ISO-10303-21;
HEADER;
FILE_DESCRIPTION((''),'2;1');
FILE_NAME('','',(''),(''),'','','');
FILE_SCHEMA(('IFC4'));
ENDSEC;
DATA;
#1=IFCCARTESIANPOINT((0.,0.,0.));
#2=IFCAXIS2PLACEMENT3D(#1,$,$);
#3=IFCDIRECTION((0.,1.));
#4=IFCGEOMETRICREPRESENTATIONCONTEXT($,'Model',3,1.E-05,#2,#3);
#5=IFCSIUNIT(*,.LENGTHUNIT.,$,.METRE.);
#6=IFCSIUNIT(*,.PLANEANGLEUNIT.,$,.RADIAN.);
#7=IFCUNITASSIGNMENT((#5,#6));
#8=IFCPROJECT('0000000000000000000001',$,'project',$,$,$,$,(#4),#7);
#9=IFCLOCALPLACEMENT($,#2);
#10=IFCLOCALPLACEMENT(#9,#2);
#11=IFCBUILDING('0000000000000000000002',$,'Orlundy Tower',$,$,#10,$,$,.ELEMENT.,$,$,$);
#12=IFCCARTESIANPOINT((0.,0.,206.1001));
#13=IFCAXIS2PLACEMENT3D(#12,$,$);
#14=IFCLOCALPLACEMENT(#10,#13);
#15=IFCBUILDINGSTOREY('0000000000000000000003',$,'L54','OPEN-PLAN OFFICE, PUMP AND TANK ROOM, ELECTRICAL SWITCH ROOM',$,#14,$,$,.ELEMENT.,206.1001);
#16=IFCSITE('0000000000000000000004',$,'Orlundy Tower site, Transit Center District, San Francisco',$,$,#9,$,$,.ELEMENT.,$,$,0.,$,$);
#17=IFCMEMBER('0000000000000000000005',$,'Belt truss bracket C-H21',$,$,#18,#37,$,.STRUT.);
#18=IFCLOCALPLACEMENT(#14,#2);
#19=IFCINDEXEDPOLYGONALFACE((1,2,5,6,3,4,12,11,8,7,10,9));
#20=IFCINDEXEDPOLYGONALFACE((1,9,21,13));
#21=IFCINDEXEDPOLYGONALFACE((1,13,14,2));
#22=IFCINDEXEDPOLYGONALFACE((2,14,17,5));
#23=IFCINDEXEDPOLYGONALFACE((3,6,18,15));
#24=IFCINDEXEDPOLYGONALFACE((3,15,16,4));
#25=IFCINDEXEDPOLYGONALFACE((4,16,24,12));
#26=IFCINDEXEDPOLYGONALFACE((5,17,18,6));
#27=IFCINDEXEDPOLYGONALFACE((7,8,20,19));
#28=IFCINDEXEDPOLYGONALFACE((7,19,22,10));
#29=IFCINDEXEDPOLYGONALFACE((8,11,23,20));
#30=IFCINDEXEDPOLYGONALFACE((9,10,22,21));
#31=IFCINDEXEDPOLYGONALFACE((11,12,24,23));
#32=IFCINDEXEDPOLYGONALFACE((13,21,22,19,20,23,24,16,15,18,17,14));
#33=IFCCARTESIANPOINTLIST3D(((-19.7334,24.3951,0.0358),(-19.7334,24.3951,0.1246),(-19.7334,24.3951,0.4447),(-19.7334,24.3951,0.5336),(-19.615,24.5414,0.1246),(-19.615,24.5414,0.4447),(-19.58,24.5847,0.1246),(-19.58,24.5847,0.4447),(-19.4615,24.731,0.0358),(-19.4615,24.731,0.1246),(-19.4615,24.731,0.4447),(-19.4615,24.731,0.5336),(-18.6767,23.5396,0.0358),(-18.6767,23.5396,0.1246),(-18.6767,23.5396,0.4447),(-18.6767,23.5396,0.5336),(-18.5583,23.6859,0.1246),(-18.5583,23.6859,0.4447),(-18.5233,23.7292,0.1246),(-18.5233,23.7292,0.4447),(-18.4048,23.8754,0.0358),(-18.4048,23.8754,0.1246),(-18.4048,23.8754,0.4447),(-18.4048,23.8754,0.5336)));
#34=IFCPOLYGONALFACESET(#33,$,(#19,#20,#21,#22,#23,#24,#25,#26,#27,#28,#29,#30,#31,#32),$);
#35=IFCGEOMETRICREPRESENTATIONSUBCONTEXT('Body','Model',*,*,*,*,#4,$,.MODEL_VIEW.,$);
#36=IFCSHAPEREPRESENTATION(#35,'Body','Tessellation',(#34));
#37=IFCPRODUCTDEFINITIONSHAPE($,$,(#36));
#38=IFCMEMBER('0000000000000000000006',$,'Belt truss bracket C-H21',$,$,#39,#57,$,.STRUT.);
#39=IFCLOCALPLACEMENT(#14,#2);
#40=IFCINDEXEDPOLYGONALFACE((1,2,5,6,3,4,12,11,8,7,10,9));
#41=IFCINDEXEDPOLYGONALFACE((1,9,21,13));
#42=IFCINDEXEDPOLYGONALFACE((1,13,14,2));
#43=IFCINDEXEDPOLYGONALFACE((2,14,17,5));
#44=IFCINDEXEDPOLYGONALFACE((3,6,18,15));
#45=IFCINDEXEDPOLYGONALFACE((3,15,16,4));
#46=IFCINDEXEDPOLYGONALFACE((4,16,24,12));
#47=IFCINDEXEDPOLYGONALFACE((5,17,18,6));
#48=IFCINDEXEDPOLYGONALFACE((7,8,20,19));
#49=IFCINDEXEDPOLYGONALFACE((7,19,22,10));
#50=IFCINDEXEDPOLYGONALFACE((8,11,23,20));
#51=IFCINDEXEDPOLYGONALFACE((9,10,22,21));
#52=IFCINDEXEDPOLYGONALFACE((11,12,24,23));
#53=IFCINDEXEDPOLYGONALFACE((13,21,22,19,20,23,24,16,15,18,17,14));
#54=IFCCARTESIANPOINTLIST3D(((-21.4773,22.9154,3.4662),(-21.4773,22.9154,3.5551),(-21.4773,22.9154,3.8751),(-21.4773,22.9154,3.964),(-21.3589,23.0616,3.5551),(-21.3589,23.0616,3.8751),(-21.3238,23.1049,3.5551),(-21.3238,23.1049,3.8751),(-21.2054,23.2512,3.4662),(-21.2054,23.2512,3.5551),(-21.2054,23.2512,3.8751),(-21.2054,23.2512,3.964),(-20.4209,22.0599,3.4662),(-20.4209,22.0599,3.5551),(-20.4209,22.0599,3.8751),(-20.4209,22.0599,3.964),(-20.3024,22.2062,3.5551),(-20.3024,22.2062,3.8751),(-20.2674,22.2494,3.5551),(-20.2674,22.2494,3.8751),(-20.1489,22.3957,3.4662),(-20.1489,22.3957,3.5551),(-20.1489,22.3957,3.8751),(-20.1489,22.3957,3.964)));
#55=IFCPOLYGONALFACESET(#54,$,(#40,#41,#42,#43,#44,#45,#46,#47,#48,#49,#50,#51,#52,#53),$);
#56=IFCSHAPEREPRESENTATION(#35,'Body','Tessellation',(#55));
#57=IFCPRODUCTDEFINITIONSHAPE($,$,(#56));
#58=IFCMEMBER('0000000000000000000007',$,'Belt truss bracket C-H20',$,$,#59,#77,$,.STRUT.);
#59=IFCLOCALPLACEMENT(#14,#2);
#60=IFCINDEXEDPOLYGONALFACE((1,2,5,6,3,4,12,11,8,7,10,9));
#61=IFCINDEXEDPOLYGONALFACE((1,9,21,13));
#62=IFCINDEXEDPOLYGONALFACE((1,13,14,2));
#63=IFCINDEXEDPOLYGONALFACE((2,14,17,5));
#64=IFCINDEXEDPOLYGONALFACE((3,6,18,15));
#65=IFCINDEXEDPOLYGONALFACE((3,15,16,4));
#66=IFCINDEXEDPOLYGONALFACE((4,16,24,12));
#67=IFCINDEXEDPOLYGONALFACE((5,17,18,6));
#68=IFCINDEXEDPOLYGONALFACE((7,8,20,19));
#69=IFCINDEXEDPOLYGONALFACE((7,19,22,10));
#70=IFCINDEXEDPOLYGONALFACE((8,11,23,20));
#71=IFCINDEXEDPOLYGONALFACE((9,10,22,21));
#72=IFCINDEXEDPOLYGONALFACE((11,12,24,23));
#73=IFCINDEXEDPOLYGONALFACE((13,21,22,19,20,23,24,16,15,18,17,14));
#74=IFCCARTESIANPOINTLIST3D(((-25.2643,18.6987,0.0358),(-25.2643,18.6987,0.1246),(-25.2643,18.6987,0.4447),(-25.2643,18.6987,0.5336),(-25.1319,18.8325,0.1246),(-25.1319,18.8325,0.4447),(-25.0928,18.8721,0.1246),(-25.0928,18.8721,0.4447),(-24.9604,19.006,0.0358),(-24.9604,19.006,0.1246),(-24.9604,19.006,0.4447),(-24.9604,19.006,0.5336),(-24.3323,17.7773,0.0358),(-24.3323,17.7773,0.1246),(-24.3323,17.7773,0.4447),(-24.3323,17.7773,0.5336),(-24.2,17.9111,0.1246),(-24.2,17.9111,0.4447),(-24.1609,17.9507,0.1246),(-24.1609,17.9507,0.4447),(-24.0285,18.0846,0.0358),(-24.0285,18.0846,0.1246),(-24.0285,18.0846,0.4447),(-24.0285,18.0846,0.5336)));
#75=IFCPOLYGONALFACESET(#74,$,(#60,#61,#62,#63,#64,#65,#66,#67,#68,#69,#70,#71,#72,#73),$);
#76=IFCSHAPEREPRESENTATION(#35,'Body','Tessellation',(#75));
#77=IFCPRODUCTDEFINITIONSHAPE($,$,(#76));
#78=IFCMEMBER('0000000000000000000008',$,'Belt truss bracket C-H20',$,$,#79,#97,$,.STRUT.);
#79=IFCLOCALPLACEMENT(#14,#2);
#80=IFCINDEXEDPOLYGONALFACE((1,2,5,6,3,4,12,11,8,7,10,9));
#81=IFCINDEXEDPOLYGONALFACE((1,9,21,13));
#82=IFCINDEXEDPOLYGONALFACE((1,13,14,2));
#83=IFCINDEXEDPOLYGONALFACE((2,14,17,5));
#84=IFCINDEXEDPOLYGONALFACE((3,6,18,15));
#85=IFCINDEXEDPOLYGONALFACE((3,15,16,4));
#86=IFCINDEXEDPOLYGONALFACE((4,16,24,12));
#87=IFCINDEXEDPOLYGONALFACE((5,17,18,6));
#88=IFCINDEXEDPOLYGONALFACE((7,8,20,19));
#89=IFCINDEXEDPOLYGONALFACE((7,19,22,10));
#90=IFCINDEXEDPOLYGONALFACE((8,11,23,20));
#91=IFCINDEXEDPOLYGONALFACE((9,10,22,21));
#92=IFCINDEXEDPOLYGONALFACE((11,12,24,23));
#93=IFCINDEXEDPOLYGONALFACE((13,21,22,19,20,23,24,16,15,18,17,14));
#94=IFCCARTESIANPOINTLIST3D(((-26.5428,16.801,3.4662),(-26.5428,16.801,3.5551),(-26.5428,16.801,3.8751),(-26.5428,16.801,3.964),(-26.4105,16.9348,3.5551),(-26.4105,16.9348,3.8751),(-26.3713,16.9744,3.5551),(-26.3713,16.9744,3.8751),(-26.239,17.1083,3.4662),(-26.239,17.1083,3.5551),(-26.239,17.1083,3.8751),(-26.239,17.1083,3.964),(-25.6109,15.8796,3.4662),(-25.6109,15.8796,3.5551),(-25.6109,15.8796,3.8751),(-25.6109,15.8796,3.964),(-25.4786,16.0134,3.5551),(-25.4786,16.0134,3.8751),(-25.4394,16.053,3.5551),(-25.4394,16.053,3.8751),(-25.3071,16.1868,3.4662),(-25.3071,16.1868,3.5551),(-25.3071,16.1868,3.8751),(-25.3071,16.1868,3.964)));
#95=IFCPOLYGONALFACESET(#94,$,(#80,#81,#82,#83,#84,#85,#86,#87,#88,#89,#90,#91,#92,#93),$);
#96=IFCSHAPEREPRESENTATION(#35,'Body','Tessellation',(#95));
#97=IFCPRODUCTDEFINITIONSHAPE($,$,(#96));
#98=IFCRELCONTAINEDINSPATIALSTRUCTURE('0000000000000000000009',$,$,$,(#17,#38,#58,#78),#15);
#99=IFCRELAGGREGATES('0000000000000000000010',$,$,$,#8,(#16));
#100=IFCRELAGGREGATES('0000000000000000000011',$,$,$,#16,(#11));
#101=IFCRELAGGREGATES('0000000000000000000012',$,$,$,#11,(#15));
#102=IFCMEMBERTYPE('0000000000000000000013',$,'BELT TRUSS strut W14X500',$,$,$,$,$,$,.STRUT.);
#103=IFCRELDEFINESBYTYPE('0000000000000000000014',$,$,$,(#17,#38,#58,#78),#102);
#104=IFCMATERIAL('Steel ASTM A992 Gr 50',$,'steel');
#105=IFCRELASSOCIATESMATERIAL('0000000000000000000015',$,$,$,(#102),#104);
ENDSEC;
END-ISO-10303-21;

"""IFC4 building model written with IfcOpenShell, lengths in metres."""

from ifc_helpers import new_model, si_unit, direction, frame, origin, origin_2d, place, context, subcontext, project, spatial, i_section, extrude, material, material_profile, profile_set, type_object, element, save


model = new_model("IFC4")

# Units and contexts
model_context = context("Model", 3, precision=1e-05, world=origin(), true_north=direction((0.0, 1.0)))
body_context = subcontext(model_context, "Body", "Model", "MODEL_VIEW")
ifc_project = project(units=[si_unit("LENGTHUNIT", "METRE"), si_unit("PLANEANGLEUNIT", "RADIAN")], contexts=[model_context])

# Site, building, storey
site_placement = place(None, origin())
site = spatial("IfcSite", under=ifc_project, at=site_placement, Name="Orlundy Tower site, Transit Center District, San Francisco", CompositionType="ELEMENT", RefElevation=0.0)
building_placement = place(site_placement, origin())
building = spatial("IfcBuilding", under=site, at=building_placement, Name="Orlundy Tower", CompositionType="ELEMENT")
storey_placement = place(building_placement, frame((0.0, 0.0, 206.1001)))
storey = spatial("IfcBuildingStorey", under=building, at=storey_placement, Name="L54", Description="OPEN-PLAN OFFICE, PUMP AND TANK ROOM, ELECTRICAL SWITCH ROOM", CompositionType="ELEMENT", Elevation=206.1001)

# Members
ifc_material_1 = material(Name="Steel ASTM A992 Gr 50", Category="steel")
ifc_material_profile_1 = material_profile(ifc_material_1, i_section(OverallWidth=0.4321, OverallDepth=0.4978, WebThickness=0.0557, FlangeThickness=0.0889, at=origin_2d()), Name="W14X500")
ifc_profile_set_1 = profile_set([ifc_material_profile_1], Name="Steel ASTM A992 Gr 50")
member_type_1 = type_object("IfcMemberType", Name="BELT TRUSS strut W14X500", PredefinedType="STRUT", material=ifc_profile_set_1)
member_1_placement = place(storey_placement, frame((-18.5408, 23.7075, 0.2847), z_axis=(-0.777211, 0.62924, 0.0), x_axis=(-0.62924, -0.777211, 0.0)))
element("IfcMember", 1, at=member_1_placement, inside=storey, type_object=member_type_1, Name="Belt truss bracket C-H21", PredefinedType="STRUT", context=body_context, shape_type="SweptSolid", body=[
    extrude(i_section(OverallWidth=0.4321, OverallDepth=0.4978, WebThickness=0.0557, FlangeThickness=0.0889, at=origin_2d()), origin(), (0.0, 0.0, 1.0), 1.3596),
])
member_2_placement = place(storey_placement, frame((-20.2849, 22.2278, 3.7151), z_axis=(-0.77714, 0.629327, 0.0), x_axis=(-0.629327, -0.77714, 0.0)))
element("IfcMember", 2, at=member_2_placement, inside=storey, type_object=member_type_1, Name="Belt truss bracket C-H21", PredefinedType="STRUT", context=body_context, shape_type="SweptSolid", body=[
    extrude(i_section(OverallWidth=0.4321, OverallDepth=0.4978, WebThickness=0.0557, FlangeThickness=0.0889, at=origin_2d()), origin(), (0.0, 0.0, 1.0), 1.3594),
])
for number, where, z_axis, x_axis, name in (
    (3, (-24.1804, 17.9309, 0.2847), (-0.711101, 0.70309, 0.0), (-0.70309, -0.711101, 0.0), "Belt truss bracket C-H20"),
    (4, (-25.459, 16.0332, 3.7151), (-0.711101, 0.70309, 0.0), (-0.70309, -0.711101, 0.0), "Belt truss bracket C-H20"),
):
    element("IfcMember", number, at=place(storey_placement, frame(where, z_axis=z_axis, x_axis=x_axis)), inside=storey, type_object=member_type_1, Name=name, PredefinedType="STRUT", context=body_context, shape_type="SweptSolid", body=[
        extrude(i_section(OverallWidth=0.4321, OverallDepth=0.4978, WebThickness=0.0557, FlangeThickness=0.0889, at=origin_2d()), origin(), (0.0, 0.0, 1.0), 1.3105),
    ])

save(model, "model.ifc")
